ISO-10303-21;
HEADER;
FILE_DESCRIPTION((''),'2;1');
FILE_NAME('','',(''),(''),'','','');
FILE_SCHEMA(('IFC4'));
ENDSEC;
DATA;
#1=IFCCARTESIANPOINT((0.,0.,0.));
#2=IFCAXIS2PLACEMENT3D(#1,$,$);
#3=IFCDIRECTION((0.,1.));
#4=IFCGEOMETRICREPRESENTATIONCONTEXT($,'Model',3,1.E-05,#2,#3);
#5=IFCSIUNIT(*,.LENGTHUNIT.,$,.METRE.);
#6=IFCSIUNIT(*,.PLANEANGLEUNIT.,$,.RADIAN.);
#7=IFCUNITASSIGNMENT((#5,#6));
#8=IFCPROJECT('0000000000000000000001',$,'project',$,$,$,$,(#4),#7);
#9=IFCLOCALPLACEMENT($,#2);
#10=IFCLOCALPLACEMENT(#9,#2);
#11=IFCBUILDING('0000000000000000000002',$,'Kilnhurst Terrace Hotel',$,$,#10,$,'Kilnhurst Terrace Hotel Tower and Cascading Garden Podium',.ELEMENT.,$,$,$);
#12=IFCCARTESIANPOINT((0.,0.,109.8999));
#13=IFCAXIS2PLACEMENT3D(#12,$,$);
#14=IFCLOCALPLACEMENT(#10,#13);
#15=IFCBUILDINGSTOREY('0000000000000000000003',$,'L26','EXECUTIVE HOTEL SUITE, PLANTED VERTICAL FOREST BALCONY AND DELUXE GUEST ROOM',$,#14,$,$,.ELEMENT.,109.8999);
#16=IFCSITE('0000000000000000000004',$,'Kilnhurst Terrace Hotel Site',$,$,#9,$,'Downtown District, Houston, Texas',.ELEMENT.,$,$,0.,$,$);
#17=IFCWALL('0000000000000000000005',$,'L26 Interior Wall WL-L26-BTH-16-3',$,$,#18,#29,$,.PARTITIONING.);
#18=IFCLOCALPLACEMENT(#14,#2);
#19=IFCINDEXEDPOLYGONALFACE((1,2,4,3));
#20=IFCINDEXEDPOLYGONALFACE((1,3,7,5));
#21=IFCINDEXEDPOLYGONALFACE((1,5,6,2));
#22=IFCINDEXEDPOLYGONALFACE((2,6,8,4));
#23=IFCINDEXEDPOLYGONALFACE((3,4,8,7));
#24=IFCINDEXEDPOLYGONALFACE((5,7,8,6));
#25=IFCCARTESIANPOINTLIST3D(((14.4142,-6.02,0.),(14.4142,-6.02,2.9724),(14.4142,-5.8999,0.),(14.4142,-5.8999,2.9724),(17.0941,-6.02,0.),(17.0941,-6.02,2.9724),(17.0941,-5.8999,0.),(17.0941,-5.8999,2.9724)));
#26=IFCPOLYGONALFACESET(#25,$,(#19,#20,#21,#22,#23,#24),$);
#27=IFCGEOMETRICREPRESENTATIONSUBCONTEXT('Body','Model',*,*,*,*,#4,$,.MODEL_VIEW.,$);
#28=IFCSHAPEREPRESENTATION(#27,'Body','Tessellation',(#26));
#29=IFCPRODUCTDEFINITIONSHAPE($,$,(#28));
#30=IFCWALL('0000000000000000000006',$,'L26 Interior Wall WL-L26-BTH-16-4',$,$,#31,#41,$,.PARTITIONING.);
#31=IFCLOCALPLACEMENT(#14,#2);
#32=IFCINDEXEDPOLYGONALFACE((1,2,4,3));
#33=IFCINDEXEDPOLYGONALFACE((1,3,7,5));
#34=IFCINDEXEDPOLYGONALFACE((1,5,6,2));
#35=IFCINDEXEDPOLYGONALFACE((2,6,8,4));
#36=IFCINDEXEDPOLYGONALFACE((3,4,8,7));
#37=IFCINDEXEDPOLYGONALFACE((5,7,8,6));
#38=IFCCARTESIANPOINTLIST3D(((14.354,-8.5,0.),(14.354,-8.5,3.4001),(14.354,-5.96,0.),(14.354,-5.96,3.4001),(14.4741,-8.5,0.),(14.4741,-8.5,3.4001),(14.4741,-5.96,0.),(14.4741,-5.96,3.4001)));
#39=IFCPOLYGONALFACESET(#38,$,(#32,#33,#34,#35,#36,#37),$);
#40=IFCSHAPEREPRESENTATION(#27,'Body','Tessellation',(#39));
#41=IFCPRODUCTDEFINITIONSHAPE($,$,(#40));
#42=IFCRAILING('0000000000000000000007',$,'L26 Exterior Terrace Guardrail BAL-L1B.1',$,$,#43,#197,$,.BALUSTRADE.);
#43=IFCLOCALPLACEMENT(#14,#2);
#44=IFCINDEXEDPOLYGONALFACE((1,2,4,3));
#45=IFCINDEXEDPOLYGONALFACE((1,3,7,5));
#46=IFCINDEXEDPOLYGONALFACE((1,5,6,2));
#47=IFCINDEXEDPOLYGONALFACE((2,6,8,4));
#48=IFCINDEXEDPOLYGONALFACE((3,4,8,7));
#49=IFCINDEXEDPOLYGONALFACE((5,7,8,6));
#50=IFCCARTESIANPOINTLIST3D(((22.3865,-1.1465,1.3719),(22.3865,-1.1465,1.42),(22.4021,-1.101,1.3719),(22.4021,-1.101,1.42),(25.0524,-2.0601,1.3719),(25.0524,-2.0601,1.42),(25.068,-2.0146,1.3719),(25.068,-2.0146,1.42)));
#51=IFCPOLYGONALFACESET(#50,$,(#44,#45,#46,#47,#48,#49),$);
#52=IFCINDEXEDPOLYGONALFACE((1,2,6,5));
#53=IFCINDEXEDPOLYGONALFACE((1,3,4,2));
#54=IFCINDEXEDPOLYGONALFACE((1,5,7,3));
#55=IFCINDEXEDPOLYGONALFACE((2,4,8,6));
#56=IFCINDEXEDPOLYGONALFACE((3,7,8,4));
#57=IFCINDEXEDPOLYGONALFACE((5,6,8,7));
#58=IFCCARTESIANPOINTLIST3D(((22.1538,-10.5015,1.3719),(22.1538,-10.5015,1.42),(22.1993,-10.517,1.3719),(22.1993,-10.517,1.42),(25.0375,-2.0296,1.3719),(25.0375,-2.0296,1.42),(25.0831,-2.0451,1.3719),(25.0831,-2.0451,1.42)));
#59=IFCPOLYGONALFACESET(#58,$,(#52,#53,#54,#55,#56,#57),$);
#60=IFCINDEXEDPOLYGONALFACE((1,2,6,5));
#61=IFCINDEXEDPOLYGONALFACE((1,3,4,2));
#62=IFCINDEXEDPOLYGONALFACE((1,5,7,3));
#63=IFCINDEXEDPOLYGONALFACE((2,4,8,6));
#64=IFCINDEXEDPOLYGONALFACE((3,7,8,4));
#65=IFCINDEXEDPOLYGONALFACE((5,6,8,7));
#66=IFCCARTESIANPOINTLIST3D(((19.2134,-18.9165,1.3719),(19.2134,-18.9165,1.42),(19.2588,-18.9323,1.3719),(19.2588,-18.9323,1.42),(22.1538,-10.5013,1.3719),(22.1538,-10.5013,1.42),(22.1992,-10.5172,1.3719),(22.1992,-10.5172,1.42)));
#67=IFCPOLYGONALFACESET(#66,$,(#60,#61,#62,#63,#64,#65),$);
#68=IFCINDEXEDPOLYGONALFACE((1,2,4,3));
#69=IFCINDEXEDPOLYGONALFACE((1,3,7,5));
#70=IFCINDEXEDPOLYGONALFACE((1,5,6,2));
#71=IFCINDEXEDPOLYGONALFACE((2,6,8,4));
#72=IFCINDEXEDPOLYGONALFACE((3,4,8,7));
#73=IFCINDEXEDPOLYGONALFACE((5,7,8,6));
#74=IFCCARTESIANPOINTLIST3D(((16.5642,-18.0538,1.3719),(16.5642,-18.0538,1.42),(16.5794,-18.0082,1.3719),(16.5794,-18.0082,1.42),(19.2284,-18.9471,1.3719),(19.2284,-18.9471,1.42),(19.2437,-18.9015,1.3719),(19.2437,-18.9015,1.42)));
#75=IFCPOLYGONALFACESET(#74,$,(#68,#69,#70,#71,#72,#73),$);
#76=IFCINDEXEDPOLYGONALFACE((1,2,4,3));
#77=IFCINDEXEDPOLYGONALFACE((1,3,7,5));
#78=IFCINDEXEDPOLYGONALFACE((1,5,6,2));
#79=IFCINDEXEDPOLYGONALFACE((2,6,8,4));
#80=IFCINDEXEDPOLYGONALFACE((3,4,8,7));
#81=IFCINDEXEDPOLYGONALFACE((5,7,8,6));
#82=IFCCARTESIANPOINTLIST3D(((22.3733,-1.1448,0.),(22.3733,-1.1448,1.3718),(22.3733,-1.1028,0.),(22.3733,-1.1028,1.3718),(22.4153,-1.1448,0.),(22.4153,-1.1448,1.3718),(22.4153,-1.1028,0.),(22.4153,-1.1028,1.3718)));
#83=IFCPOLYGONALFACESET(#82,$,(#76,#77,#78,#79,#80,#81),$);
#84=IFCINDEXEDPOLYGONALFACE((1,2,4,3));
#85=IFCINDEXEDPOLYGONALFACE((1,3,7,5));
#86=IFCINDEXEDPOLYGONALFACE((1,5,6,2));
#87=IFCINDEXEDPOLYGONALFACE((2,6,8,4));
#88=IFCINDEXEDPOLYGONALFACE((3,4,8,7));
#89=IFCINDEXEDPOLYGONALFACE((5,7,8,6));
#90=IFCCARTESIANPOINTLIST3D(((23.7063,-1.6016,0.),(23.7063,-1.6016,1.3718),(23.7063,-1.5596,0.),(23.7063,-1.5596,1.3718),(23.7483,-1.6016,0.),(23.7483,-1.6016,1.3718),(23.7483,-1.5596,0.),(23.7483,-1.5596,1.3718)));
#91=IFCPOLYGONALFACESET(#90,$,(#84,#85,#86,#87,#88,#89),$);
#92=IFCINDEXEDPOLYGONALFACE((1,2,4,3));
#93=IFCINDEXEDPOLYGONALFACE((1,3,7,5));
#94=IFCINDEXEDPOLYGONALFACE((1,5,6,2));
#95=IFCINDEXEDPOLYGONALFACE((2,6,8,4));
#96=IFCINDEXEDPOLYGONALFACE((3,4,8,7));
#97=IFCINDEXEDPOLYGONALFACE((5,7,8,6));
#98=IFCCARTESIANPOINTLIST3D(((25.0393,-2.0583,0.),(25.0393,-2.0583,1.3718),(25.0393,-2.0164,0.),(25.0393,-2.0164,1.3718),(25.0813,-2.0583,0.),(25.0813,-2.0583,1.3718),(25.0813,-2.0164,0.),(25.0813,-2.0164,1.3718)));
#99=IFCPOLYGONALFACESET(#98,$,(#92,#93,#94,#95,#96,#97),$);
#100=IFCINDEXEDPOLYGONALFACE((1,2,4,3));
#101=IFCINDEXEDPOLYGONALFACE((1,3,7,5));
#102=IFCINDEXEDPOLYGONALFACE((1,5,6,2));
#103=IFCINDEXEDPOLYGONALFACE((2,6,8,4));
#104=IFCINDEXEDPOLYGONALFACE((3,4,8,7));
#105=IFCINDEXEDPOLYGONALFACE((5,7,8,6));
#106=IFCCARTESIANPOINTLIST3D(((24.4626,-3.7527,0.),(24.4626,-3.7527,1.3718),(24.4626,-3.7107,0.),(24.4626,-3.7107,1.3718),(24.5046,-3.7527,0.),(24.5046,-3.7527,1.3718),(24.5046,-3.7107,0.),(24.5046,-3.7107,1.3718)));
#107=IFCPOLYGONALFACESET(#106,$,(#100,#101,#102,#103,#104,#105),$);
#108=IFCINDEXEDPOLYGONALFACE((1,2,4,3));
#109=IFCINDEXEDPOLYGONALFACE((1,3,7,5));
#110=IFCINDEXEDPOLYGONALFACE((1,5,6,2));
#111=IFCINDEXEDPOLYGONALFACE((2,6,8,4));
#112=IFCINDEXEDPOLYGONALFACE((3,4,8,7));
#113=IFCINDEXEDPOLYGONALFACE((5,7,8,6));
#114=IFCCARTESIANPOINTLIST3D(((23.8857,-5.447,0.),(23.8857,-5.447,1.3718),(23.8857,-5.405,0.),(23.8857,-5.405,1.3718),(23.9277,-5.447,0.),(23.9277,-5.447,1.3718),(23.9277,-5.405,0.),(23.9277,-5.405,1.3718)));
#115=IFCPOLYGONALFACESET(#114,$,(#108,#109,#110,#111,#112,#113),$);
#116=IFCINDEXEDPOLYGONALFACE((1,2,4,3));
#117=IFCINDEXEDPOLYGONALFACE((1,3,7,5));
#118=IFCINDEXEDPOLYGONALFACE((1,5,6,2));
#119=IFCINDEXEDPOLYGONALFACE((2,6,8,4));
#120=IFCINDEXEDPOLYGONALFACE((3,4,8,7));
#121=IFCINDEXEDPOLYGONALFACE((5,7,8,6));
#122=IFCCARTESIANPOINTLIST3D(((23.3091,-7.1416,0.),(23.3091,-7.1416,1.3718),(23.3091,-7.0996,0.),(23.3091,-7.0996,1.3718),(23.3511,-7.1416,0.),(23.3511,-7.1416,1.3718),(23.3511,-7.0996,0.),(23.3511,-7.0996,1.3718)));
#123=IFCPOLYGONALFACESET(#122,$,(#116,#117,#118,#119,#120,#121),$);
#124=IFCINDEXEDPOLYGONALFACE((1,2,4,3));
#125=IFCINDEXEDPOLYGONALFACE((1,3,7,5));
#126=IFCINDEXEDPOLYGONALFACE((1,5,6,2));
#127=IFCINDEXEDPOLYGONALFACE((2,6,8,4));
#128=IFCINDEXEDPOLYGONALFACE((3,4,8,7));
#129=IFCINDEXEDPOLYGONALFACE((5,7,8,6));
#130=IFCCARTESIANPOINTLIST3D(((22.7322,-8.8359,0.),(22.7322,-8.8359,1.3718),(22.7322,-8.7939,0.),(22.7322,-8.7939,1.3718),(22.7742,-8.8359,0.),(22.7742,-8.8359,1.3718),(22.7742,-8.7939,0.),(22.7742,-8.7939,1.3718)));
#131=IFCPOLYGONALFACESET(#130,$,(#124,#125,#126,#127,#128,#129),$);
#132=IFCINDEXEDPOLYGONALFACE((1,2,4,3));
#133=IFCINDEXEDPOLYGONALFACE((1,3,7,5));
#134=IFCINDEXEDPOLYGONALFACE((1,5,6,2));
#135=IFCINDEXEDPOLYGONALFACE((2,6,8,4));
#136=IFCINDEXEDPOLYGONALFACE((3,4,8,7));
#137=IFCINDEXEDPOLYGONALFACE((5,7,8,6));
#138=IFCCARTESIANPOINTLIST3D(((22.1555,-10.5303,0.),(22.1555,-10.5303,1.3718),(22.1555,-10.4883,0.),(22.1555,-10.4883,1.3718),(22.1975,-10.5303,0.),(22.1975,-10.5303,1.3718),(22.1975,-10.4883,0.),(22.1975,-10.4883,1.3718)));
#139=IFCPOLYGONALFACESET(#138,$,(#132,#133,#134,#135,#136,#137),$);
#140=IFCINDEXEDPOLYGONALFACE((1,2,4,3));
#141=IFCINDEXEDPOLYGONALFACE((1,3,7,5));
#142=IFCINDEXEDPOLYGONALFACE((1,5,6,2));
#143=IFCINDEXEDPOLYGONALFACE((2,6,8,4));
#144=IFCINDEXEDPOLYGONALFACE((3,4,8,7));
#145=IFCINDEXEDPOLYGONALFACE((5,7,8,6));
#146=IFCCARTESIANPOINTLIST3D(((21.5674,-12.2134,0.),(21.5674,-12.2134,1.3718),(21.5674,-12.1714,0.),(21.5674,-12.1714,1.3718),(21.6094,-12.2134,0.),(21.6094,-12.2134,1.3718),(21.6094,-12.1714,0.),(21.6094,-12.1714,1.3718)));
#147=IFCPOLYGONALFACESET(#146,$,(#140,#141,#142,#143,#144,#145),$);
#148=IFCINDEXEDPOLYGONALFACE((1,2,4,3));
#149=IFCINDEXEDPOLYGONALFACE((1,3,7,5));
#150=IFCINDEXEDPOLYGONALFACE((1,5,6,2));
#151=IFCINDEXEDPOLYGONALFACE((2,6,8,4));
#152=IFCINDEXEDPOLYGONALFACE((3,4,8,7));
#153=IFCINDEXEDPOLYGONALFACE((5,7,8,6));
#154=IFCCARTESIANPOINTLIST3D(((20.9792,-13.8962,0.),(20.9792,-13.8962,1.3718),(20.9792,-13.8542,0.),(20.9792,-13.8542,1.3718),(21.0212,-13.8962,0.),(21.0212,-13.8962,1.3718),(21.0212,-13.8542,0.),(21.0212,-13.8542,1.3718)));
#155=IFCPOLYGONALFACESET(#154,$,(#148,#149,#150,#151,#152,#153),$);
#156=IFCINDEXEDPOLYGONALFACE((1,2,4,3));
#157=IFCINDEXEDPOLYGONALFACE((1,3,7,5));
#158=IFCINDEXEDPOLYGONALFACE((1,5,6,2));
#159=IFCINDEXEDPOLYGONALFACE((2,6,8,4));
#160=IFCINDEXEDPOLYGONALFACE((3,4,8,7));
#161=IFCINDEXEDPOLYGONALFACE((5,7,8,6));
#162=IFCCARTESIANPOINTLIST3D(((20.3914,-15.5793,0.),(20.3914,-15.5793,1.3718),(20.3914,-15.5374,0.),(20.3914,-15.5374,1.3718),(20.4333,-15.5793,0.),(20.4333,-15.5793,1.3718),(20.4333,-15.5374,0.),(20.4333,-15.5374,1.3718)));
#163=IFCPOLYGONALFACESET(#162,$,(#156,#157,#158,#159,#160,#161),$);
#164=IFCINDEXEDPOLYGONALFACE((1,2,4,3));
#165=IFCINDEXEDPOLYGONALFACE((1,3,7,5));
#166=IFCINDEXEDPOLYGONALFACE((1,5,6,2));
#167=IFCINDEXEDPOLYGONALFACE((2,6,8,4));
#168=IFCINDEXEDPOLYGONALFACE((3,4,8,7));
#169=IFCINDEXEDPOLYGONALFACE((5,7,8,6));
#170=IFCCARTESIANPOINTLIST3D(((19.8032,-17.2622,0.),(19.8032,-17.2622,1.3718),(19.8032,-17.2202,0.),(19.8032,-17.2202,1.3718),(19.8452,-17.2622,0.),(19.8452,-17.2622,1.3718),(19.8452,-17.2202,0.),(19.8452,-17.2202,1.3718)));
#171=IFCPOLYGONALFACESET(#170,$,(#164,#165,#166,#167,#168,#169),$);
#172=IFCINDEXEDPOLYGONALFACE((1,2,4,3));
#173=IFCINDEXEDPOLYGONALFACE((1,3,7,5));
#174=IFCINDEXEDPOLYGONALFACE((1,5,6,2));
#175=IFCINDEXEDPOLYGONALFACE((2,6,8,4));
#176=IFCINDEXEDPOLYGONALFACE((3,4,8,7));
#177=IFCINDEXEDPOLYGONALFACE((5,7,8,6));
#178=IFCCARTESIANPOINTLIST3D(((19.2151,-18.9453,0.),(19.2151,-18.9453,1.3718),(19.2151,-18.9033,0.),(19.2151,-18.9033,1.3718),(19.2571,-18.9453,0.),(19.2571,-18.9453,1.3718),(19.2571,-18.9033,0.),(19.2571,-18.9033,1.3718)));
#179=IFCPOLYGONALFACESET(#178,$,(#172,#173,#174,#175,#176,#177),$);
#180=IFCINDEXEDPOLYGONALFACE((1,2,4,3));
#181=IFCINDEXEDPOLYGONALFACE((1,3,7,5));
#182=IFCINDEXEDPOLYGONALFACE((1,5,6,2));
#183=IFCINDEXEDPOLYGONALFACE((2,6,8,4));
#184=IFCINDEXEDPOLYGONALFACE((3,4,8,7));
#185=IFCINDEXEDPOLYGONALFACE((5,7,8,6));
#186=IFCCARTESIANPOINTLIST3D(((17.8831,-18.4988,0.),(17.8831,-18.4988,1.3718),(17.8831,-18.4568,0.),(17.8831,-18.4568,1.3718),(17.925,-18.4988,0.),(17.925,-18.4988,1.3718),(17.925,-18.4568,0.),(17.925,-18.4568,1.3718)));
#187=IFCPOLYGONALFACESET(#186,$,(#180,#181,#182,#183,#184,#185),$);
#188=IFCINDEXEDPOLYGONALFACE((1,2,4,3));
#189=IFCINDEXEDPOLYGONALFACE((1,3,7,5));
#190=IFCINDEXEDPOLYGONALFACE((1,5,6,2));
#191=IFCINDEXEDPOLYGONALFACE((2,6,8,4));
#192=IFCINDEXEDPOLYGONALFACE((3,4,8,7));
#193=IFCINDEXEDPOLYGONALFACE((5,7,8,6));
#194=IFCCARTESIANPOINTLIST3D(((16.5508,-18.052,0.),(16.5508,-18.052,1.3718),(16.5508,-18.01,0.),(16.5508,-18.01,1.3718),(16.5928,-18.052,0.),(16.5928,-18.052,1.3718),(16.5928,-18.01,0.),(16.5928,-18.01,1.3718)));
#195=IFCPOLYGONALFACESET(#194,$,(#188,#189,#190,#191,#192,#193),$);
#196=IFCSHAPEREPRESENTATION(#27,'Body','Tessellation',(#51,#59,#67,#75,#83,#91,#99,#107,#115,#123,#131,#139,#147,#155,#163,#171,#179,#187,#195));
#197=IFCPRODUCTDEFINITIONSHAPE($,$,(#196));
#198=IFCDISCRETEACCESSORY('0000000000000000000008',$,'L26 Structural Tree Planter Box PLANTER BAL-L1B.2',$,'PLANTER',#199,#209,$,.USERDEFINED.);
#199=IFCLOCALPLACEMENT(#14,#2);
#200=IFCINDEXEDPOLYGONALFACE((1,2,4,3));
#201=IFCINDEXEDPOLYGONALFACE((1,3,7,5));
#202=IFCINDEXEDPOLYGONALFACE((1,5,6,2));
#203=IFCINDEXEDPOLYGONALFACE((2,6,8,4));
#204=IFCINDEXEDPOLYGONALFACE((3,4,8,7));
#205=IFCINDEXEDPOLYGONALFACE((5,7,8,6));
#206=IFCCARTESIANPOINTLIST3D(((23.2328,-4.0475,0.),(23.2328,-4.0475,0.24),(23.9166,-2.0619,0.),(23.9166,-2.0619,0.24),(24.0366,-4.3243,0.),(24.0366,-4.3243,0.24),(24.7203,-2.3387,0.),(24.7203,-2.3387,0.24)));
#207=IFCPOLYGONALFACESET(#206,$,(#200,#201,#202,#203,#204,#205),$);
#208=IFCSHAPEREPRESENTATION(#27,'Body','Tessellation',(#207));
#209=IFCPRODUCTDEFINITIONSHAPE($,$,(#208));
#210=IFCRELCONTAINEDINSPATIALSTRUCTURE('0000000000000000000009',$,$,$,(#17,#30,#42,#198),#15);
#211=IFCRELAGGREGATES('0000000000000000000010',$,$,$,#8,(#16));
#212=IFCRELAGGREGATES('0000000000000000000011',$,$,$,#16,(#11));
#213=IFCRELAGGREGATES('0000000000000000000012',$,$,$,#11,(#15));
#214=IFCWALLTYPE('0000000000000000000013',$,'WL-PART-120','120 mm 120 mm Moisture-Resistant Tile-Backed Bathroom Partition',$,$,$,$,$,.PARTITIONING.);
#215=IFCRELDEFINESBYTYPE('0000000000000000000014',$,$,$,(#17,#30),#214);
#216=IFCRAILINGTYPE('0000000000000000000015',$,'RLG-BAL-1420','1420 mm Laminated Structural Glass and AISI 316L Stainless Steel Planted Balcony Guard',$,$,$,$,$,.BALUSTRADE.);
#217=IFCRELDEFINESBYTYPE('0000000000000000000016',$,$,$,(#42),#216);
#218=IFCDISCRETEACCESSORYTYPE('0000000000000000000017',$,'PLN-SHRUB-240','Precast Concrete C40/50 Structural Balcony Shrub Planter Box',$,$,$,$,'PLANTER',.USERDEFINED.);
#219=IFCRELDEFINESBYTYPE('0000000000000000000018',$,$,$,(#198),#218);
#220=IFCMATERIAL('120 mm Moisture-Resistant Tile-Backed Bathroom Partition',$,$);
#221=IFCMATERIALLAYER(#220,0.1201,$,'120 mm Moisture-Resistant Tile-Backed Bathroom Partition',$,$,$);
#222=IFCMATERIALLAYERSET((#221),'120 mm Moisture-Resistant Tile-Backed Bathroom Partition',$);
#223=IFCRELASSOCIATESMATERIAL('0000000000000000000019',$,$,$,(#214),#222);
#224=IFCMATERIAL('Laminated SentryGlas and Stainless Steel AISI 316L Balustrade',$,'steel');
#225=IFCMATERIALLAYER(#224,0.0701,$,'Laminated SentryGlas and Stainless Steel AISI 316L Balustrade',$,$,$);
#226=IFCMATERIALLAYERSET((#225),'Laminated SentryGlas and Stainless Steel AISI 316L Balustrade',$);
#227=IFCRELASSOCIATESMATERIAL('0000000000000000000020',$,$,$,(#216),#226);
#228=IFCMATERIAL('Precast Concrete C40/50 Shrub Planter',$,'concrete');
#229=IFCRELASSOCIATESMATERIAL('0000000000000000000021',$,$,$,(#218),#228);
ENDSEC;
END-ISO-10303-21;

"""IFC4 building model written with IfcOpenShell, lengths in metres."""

from ifc_helpers import new_model, si_unit, direction, frame, frame_2d, origin, origin_2d, place, context, subcontext, project, spatial, rectangle, extrude, material, layer, layer_set, type_object, element, save


model = new_model("IFC4")

# Units and contexts
model_context = context("Model", 3, precision=1e-05, world=origin(), true_north=direction((0.0, 1.0)))
body_context = subcontext(model_context, "Body", "Model", "MODEL_VIEW")
ifc_project = project(units=[si_unit("LENGTHUNIT", "METRE"), si_unit("PLANEANGLEUNIT", "RADIAN")], contexts=[model_context])

# Site, building, storey
site_placement = place(None, origin())
site = spatial("IfcSite", under=ifc_project, at=site_placement, Name="Kilnhurst Terrace Hotel Site", LongName="Downtown District, Houston, Texas", CompositionType="ELEMENT", RefElevation=0.0)
building_placement = place(site_placement, origin())
building = spatial("IfcBuilding", under=site, at=building_placement, Name="Kilnhurst Terrace Hotel", LongName="Kilnhurst Terrace Hotel Tower and Cascading Garden Podium", CompositionType="ELEMENT")
storey_placement = place(building_placement, frame((0.0, 0.0, 109.8999)))
storey = spatial("IfcBuildingStorey", under=building, at=storey_placement, Name="L26", Description="EXECUTIVE HOTEL SUITE, PLANTED VERTICAL FOREST BALCONY AND DELUXE GUEST ROOM", CompositionType="ELEMENT", Elevation=109.8999)

# Walls
ifc_material_1 = material(Name="120 mm Moisture-Resistant Tile-Backed Bathroom Partition")
ifc_layer_1 = layer(ifc_material_1, 0.1201, Name="120 mm Moisture-Resistant Tile-Backed Bathroom Partition")
ifc_layer_set_1 = layer_set([ifc_layer_1], Name="120 mm Moisture-Resistant Tile-Backed Bathroom Partition")
wall_type_1 = type_object("IfcWallType", Name="WL-PART-120", Description="120 mm 120 mm Moisture-Resistant Tile-Backed Bathroom Partition", PredefinedType="PARTITIONING", material=ifc_layer_set_1)
wall_1_placement = place(storey_placement, frame((17.094, -5.96, 0.0), z_axis=(0.0, 0.0, 1.0), x_axis=(-1.0, 0.0, 0.0)))
element("IfcWall", 1, at=wall_1_placement, inside=storey, type_object=wall_type_1, Name="L26 Interior Wall WL-L26-BTH-16-3", PredefinedType="PARTITIONING", context=body_context, shape_type="SweptSolid", body=[
    extrude(rectangle(XDim=2.6799, YDim=0.1201, at=frame_2d((1.3398, 0.0))), origin(), (0.0, 0.0, 1.0), 2.9724),
])
wall_2_placement = place(storey_placement, frame((14.4141, -5.96, 0.0), z_axis=(0.0, 0.0, 1.0), x_axis=(0.0, -1.0, 0.0)))
element("IfcWall", 2, at=wall_2_placement, inside=storey, type_object=wall_type_1, Name="L26 Interior Wall WL-L26-BTH-16-4", PredefinedType="PARTITIONING", context=body_context, shape_type="SweptSolid", body=[
    extrude(rectangle(XDim=2.54, YDim=0.1201, at=frame_2d((1.27, 0.0))), origin(), (0.0, 0.0, 1.0), 3.4001),
])

# Railing
ifc_material_2 = material(Name="Laminated SentryGlas and Stainless Steel AISI 316L Balustrade", Category="steel")
ifc_layer_2 = layer(ifc_material_2, 0.0701, Name="Laminated SentryGlas and Stainless Steel AISI 316L Balustrade")
ifc_layer_set_2 = layer_set([ifc_layer_2], Name="Laminated SentryGlas and Stainless Steel AISI 316L Balustrade")
railing_type = type_object("IfcRailingType", Name="RLG-BAL-1420", Description="1420 mm Laminated Structural Glass and AISI 316L Stainless Steel Planted Balcony Guard", PredefinedType="BALUSTRADE", material=ifc_layer_set_2)
railing_placement = place(storey_placement, frame((22.3943, -1.1238, 0.0)))
element("IfcRailing", 3, at=railing_placement, inside=storey, type_object=railing_type, Name="L26 Exterior Terrace Guardrail BAL-L1B.1", PredefinedType="BALUSTRADE", context=body_context, shape_type="SweptSolid", body=[
    extrude(rectangle(XDim=0.0481, YDim=0.0481, at=origin_2d()), frame((0.0, 0.0, 1.396), z_axis=(0.945999, -0.324169, 0.0), x_axis=(0.324169, 0.945999, 0.0)), (0.0, 0.0, 1.0), 2.8181),
    extrude(rectangle(XDim=0.0481, YDim=0.0481, at=origin_2d()), frame((2.666, -0.9136, 1.396), z_axis=(-0.322237, -0.946659, 0.0), x_axis=(0.946659, -0.322237, 0.0)), (0.0, 0.0, 1.0), 8.9492),
    extrude(rectangle(XDim=0.0481, YDim=0.0481, at=origin_2d()), frame((-0.2178, -9.3855, 1.396), z_axis=(-0.329867, -0.944027, 0.0), x_axis=(0.944027, -0.329867, 0.0)), (0.0, 0.0, 1.0), 8.9141),
    extrude(rectangle(XDim=0.0481, YDim=0.0481, at=origin_2d()), frame((-3.1582, -17.8005, 1.396), z_axis=(-0.948126, 0.317895, 0.0), x_axis=(-0.317895, -0.948126, 0.0)), (0.0, 0.0, 1.0), 2.8101),
    extrude(rectangle(XDim=0.042, YDim=0.042, at=origin_2d()), origin(), (0.0, 0.0, 1.0), 1.3718),
    extrude(rectangle(XDim=0.042, YDim=0.042, at=origin_2d()), frame((1.333, -0.4568, 0.0)), (0.0, 0.0, 1.0), 1.3718),
    extrude(rectangle(XDim=0.042, YDim=0.042, at=origin_2d()), frame((2.666, -0.9136, 0.0)), (0.0, 0.0, 1.0), 1.3718),
    extrude(rectangle(XDim=0.042, YDim=0.042, at=origin_2d()), frame((2.0894, -2.6079, 0.0)), (0.0, 0.0, 1.0), 1.3718),
    extrude(rectangle(XDim=0.042, YDim=0.042, at=origin_2d()), frame((1.5125, -4.3022, 0.0)), (0.0, 0.0, 1.0), 1.3718),
    extrude(rectangle(XDim=0.042, YDim=0.042, at=origin_2d()), frame((0.9358, -5.9968, 0.0)), (0.0, 0.0, 1.0), 1.3718),
    extrude(rectangle(XDim=0.042, YDim=0.042, at=origin_2d()), frame((0.3589, -7.6912, 0.0)), (0.0, 0.0, 1.0), 1.3718),
    extrude(rectangle(XDim=0.042, YDim=0.042, at=origin_2d()), frame((-0.2178, -9.3855, 0.0)), (0.0, 0.0, 1.0), 1.3718),
    extrude(rectangle(XDim=0.042, YDim=0.042, at=origin_2d()), frame((-0.8059, -11.0686, 0.0)), (0.0, 0.0, 1.0), 1.3718),
    extrude(rectangle(XDim=0.042, YDim=0.042, at=origin_2d()), frame((-1.394, -12.7515, 0.0)), (0.0, 0.0, 1.0), 1.3718),
    extrude(rectangle(XDim=0.042, YDim=0.042, at=origin_2d()), frame((-1.9819, -14.4346, 0.0)), (0.0, 0.0, 1.0), 1.3718),
    extrude(rectangle(XDim=0.042, YDim=0.042, at=origin_2d()), frame((-2.5701, -16.1174, 0.0)), (0.0, 0.0, 1.0), 1.3718),
    extrude(rectangle(XDim=0.042, YDim=0.042, at=origin_2d()), frame((-3.1582, -17.8005, 0.0)), (0.0, 0.0, 1.0), 1.3718),
    extrude(rectangle(XDim=0.042, YDim=0.042, at=origin_2d()), frame((-4.4902, -17.354, 0.0)), (0.0, 0.0, 1.0), 1.3718),
    extrude(rectangle(XDim=0.042, YDim=0.042, at=origin_2d()), frame((-5.8225, -16.9072, 0.0)), (0.0, 0.0, 1.0), 1.3718),
])

# Discrete accessory
ifc_material_3 = material(Name="Precast Concrete C40/50 Shrub Planter", Category="concrete")
discrete_accessory_type = type_object("IfcDiscreteAccessoryType", Name="PLN-SHRUB-240", Description="Precast Concrete C40/50 Structural Balcony Shrub Planter Box", ElementType="PLANTER", PredefinedType="USERDEFINED", material=ifc_material_3)
discrete_accessory_placement = place(storey_placement, frame((23.9766, -3.1931, 0.0), z_axis=(0.0, 0.0, 1.0), x_axis=(0.325601, 0.945507, 0.0)))
element("IfcDiscreteAccessory", 4, at=discrete_accessory_placement, inside=storey, type_object=discrete_accessory_type, Name="L26 Structural Tree Planter Box PLANTER BAL-L1B.2", ObjectType="PLANTER", PredefinedType="USERDEFINED", context=body_context, shape_type="SweptSolid", body=[
    extrude(rectangle(XDim=2.1001, YDim=0.8501, at=origin_2d()), origin(), (0.0, 0.0, 1.0), 0.24),
])

save(model, "model.ifc")
